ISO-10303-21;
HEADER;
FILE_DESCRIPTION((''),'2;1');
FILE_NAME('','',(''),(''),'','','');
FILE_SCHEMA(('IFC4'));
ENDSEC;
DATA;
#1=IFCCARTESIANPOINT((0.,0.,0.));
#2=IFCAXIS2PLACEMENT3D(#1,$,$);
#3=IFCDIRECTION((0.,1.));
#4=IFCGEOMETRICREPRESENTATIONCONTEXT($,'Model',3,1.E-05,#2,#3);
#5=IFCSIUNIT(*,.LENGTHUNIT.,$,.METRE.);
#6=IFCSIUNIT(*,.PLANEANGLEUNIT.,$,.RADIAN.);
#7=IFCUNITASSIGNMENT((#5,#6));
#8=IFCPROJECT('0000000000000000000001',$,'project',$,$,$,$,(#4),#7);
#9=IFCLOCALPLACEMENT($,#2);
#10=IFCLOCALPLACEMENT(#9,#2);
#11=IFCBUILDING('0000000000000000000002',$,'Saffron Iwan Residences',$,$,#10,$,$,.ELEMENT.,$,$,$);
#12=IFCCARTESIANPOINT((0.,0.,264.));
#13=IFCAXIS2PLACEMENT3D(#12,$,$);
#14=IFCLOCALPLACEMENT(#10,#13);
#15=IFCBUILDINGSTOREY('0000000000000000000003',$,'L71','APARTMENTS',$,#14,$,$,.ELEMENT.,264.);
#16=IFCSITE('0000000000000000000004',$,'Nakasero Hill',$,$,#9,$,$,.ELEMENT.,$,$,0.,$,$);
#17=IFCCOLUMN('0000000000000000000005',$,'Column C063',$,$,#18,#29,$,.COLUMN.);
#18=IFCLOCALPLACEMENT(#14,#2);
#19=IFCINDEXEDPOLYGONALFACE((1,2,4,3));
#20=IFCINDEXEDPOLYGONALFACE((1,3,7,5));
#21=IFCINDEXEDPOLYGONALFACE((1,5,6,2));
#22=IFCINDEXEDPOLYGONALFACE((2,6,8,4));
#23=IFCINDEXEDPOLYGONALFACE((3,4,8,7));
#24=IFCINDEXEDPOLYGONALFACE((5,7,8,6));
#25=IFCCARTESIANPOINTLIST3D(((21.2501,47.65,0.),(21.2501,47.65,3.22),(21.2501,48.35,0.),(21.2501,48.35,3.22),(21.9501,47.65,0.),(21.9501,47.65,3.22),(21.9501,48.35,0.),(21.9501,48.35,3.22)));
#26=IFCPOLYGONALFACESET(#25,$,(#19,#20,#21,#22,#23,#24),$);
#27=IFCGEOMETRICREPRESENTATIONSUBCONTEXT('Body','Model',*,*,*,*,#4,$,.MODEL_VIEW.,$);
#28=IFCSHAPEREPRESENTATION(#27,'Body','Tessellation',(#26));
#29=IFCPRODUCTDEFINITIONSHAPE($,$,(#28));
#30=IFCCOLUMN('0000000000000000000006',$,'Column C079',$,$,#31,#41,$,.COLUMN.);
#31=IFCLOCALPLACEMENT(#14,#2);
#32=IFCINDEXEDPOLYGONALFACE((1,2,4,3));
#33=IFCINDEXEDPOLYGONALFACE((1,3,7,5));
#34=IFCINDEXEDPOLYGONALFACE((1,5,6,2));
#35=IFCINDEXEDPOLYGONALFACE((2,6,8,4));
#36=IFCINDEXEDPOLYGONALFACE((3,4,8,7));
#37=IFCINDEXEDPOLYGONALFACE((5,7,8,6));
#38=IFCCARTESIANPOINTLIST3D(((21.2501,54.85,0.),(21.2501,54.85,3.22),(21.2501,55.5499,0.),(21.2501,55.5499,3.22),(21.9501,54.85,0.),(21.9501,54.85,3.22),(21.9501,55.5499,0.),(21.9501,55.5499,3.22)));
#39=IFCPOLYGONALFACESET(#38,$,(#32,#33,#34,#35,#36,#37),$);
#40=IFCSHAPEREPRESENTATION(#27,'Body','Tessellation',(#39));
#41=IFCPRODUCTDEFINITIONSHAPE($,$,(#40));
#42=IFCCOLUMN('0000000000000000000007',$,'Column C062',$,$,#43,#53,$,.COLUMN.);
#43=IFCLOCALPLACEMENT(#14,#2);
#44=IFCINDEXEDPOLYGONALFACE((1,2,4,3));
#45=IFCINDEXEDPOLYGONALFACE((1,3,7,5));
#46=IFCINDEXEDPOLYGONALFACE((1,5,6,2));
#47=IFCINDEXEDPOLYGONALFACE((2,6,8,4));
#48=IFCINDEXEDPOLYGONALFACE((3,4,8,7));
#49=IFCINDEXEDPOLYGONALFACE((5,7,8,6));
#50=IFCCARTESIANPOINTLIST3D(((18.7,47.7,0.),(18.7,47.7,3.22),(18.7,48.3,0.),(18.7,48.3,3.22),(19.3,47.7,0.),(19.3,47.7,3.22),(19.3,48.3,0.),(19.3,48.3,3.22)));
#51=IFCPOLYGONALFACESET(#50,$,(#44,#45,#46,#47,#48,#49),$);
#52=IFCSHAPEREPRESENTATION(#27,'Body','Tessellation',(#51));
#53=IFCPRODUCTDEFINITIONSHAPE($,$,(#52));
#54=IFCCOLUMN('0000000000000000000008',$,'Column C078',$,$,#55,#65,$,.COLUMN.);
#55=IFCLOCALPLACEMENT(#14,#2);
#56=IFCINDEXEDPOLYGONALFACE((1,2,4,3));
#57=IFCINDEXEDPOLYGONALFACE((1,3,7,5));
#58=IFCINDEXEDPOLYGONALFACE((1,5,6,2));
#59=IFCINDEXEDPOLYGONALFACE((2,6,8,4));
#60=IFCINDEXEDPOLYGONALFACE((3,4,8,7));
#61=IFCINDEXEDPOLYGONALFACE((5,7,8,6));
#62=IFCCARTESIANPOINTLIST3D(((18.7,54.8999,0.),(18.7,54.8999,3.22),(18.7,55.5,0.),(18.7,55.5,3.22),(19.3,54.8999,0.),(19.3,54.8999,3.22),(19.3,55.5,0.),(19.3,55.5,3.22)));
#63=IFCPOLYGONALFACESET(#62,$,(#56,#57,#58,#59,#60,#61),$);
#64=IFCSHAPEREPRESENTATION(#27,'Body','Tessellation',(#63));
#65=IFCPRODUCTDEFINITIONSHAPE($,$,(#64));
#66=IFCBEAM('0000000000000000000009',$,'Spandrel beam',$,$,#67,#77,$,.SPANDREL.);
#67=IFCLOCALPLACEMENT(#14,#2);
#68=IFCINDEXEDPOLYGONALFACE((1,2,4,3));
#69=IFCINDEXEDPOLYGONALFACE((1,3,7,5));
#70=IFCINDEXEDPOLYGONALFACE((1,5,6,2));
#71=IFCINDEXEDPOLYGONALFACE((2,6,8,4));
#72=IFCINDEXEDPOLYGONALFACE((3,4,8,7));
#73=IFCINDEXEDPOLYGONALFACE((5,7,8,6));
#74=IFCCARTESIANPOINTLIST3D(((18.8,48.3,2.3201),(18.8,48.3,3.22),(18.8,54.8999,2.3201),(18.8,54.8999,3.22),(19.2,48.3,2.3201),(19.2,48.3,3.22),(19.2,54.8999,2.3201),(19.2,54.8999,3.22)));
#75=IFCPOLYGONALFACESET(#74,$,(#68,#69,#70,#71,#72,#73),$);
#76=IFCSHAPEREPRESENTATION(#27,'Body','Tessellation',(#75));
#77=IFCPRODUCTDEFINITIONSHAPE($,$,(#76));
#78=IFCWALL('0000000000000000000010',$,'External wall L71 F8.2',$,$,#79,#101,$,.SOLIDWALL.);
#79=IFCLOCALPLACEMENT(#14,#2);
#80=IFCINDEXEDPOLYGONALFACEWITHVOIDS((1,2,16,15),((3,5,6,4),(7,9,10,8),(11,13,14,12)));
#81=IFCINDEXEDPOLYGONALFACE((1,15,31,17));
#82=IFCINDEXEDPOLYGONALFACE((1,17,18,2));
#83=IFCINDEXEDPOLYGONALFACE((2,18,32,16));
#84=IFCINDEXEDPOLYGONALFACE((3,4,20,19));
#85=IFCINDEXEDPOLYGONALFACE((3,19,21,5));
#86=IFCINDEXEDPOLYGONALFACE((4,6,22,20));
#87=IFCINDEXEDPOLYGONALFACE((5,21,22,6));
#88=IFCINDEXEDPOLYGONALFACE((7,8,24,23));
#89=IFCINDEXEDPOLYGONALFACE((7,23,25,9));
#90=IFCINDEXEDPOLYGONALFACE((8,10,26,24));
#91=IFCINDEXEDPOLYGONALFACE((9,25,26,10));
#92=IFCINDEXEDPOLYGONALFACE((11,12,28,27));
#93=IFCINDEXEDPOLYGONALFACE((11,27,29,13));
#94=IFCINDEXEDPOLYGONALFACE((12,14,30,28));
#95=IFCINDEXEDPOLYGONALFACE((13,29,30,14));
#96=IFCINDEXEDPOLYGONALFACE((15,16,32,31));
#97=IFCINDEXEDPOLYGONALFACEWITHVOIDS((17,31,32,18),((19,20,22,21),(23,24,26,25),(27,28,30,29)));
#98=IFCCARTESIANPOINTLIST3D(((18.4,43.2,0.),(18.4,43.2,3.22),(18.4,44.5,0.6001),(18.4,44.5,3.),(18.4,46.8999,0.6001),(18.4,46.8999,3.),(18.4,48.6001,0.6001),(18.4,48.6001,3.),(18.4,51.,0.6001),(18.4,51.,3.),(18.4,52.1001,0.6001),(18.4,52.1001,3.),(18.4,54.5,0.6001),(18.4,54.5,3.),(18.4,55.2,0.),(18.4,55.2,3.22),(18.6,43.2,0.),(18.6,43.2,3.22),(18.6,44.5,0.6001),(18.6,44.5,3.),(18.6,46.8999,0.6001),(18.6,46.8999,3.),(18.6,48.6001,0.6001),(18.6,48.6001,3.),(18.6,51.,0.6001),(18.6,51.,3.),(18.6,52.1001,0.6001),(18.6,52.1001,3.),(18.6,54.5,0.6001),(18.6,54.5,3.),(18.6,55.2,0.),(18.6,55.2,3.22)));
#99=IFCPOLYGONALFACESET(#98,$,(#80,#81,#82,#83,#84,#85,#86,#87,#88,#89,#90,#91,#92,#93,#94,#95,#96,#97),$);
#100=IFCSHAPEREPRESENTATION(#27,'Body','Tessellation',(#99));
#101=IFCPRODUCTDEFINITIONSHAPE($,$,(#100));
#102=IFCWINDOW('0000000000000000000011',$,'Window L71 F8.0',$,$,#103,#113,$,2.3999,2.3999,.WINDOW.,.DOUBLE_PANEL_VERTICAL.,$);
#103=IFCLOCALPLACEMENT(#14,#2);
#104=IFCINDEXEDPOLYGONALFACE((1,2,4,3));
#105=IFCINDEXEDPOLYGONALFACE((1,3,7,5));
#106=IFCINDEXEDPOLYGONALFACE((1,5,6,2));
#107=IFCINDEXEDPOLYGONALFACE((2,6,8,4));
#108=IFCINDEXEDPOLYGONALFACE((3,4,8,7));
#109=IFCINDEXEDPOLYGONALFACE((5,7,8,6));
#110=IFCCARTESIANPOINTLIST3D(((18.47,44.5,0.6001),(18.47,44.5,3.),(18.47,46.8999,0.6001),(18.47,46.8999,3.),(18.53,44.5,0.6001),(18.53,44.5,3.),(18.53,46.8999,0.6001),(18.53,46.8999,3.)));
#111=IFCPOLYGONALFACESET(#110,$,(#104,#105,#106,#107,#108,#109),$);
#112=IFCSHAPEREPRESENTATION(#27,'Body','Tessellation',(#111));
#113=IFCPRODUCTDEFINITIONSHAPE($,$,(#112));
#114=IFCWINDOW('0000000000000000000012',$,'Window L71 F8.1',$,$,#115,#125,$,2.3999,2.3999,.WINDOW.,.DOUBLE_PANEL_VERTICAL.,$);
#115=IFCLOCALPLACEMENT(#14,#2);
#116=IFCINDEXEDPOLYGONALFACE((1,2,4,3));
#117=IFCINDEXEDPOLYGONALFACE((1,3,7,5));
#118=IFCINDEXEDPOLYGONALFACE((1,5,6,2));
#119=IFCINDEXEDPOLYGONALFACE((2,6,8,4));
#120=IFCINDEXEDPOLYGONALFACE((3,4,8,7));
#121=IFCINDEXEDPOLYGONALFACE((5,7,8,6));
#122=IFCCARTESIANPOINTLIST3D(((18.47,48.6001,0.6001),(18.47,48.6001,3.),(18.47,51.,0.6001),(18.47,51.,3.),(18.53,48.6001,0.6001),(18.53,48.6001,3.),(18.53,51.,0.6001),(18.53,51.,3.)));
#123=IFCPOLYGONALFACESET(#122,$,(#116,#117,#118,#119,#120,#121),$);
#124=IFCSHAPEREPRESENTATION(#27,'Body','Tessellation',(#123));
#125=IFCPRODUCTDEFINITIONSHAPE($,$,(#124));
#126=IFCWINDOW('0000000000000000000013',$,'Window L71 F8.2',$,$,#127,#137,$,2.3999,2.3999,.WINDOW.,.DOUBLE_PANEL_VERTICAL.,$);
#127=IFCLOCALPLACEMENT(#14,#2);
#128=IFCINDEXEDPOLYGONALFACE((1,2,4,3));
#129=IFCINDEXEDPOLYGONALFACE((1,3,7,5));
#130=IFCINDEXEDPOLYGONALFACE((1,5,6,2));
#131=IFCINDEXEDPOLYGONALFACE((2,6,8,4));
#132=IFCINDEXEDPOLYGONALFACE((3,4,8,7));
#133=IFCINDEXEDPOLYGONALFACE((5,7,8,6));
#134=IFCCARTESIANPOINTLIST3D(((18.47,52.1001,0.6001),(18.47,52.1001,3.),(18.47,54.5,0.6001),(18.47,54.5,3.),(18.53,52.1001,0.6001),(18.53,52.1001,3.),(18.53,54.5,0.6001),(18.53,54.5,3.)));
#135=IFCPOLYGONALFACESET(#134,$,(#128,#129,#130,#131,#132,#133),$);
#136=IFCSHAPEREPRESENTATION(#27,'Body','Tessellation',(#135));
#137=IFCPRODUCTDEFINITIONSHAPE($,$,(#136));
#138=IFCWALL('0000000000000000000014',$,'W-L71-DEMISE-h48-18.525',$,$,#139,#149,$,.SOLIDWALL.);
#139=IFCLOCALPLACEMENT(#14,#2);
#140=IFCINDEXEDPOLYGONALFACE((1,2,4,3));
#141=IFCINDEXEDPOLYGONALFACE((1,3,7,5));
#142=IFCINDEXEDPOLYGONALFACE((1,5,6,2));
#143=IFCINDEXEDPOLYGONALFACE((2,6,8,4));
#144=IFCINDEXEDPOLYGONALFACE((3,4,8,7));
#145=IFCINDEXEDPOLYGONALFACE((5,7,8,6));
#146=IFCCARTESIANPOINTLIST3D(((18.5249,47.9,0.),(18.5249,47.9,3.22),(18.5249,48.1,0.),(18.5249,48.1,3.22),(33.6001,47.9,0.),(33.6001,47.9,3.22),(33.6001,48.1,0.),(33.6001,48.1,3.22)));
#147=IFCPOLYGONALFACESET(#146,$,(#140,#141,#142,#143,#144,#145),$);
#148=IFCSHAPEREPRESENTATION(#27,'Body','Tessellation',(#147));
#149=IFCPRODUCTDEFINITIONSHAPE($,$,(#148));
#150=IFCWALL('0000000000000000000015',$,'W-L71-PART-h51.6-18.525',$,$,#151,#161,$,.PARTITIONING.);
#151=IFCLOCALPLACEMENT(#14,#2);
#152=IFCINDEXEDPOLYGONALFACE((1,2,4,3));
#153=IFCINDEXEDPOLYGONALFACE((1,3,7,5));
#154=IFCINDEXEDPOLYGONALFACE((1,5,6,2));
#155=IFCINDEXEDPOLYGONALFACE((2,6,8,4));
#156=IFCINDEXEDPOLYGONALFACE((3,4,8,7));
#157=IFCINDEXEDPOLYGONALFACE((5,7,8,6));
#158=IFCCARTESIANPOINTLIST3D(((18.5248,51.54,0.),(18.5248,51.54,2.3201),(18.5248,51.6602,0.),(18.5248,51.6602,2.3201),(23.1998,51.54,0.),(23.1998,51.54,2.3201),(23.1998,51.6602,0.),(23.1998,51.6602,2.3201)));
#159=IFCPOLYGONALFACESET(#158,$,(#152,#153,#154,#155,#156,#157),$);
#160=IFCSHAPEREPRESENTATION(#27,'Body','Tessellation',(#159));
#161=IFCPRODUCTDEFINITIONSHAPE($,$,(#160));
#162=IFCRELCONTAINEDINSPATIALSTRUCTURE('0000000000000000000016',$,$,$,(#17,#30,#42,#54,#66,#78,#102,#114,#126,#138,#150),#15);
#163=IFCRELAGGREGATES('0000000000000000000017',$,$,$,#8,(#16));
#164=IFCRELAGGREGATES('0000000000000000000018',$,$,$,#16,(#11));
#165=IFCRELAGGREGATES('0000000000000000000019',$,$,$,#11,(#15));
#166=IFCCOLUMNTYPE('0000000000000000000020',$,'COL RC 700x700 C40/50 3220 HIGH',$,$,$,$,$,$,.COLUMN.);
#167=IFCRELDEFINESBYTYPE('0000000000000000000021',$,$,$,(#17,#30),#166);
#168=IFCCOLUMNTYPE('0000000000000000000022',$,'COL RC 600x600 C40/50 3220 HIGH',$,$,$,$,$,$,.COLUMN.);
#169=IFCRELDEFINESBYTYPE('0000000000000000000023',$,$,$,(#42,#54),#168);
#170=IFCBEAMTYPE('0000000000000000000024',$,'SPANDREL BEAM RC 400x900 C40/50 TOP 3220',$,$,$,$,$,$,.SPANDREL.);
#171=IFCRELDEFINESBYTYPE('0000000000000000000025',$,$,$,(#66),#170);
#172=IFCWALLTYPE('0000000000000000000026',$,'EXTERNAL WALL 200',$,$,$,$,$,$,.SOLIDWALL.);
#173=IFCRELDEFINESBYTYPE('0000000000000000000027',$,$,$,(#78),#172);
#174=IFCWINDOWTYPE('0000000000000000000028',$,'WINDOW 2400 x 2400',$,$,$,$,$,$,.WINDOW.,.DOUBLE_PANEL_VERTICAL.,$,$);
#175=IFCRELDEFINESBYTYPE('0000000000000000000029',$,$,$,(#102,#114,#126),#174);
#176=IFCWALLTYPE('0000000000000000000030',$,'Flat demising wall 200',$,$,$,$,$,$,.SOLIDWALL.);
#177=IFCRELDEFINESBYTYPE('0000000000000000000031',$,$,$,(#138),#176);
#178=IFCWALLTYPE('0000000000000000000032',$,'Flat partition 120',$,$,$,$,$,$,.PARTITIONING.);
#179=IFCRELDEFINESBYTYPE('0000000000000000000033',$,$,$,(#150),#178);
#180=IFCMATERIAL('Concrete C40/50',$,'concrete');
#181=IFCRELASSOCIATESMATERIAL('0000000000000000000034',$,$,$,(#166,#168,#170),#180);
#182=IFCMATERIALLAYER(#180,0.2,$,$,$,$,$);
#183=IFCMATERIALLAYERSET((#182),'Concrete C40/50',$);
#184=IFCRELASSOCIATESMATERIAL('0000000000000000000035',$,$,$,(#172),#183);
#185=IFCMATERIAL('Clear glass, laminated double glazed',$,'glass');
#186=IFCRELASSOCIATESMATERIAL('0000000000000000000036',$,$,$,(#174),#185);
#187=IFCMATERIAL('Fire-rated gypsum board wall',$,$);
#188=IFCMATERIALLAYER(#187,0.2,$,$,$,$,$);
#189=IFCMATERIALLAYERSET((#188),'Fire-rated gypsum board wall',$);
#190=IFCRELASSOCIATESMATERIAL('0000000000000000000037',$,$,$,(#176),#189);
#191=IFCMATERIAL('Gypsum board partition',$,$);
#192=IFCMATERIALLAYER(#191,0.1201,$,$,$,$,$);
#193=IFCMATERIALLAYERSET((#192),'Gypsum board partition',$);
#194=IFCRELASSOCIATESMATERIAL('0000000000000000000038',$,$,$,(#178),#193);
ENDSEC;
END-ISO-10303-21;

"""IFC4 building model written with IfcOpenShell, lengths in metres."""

from ifc_helpers import new_model, si_unit, direction, frame, frame_2d, origin, origin_2d, place, context, subcontext, project, spatial, rectangle, extrude, source, transform, mapped, material, layer, layer_set, material_profile, profile_set, type_object, element, fill, save


model = new_model("IFC4")

# Units and contexts
model_context = context("Model", 3, precision=1e-05, world=origin(), true_north=direction((0.0, 1.0)))
body_context = subcontext(model_context, "Body", "Model", "MODEL_VIEW")
ifc_project = project(units=[si_unit("LENGTHUNIT", "METRE"), si_unit("PLANEANGLEUNIT", "RADIAN")], contexts=[model_context])

# Site, building, storey
site_placement = place(None, origin())
site = spatial("IfcSite", under=ifc_project, at=site_placement, Name="Nakasero Hill", CompositionType="ELEMENT", RefElevation=0.0)
building_placement = place(site_placement, origin())
building = spatial("IfcBuilding", under=site, at=building_placement, Name="Saffron Iwan Residences", CompositionType="ELEMENT")
storey_placement = place(building_placement, frame((0.0, 0.0, 264.0)))
storey = spatial("IfcBuildingStorey", under=building, at=storey_placement, Name="L71", Description="APARTMENTS", CompositionType="ELEMENT", Elevation=264.0)

# Columns
ifc_material_1 = material(Name="Concrete C40/50", Category="concrete")
ifc_material_profile_1 = material_profile(ifc_material_1, rectangle(XDim=0.7, YDim=0.7, at=origin_2d()), Name="RC 700x700")
ifc_profile_set_1 = profile_set([ifc_material_profile_1], Name="Concrete C40/50")
column_type_1 = type_object("IfcColumnType", Name="COL RC 700x700 C40/50 3220 HIGH", PredefinedType="COLUMN", material=ifc_profile_set_1)
shared_shape_1 = source(origin(), body_context, "Body", "SweptSolid", [
    extrude(rectangle(XDim=0.7, YDim=0.7, at=origin_2d()), origin(), (0.0, 0.0, 1.0), 3.22),
])
for number, where, z_axis, x_axis, name in (
    (1, (21.6001, 48.0, 0.0), (0.0, 0.0, 1.0), (1.0, 0.0, 0.0), "Column C063"),
    (2, (21.6001, 55.2, 0.0), (0.0, 0.0, 1.0), (1.0, 0.0, 0.0), "Column C079"),
):
    element("IfcColumn", number, at=place(storey_placement, frame(where, z_axis=z_axis, x_axis=x_axis)), inside=storey, type_object=column_type_1, Name=name, PredefinedType="COLUMN", context=body_context, shape_type="MappedRepresentation", body=[
        mapped(shared_shape_1, transform((0.0, 0.0, 0.0))),
    ])
ifc_material_profile_2 = material_profile(ifc_material_1, rectangle(XDim=0.6001, YDim=0.6001, at=origin_2d()), Name="RC 600x600")
ifc_profile_set_2 = profile_set([ifc_material_profile_2], Name="Concrete C40/50")
column_type_2 = type_object("IfcColumnType", Name="COL RC 600x600 C40/50 3220 HIGH", PredefinedType="COLUMN", material=ifc_profile_set_2)
shared_shape_2 = source(origin(), body_context, "Body", "SweptSolid", [
    extrude(rectangle(XDim=0.6001, YDim=0.6001, at=origin_2d()), origin(), (0.0, 0.0, 1.0), 3.22),
])
for number, where, z_axis, x_axis, name in (
    (3, (19.0, 48.0, 0.0), (0.0, 0.0, 1.0), (1.0, 0.0, 0.0), "Column C062"),
    (4, (19.0, 55.2, 0.0), (0.0, 0.0, 1.0), (1.0, 0.0, 0.0), "Column C078"),
):
    element("IfcColumn", number, at=place(storey_placement, frame(where, z_axis=z_axis, x_axis=x_axis)), inside=storey, type_object=column_type_2, Name=name, PredefinedType="COLUMN", context=body_context, shape_type="MappedRepresentation", body=[
        mapped(shared_shape_2, transform((0.0, 0.0, 0.0))),
    ])

# Beam
ifc_material_profile_3 = material_profile(ifc_material_1, rectangle(XDim=0.3999, YDim=0.8999, at=origin_2d()), Name="RC 400x900")
ifc_profile_set_3 = profile_set([ifc_material_profile_3], Name="Concrete C40/50")
beam_type = type_object("IfcBeamType", Name="SPANDREL BEAM RC 400x900 C40/50 TOP 3220", PredefinedType="SPANDREL", material=ifc_profile_set_3)
shared_shape_3 = source(origin(), body_context, "Body", "SweptSolid", [
    extrude(rectangle(XDim=0.3999, YDim=0.8999, at=origin_2d()), origin(), (0.0, 0.0, 1.0), 6.5999),
])
beam_placement = place(storey_placement, frame((19.0, 48.3, 2.77), z_axis=(0.0, 1.0, 0.0), x_axis=(-1.0, 0.0, 0.0)))
element("IfcBeam", 5, at=beam_placement, inside=storey, type_object=beam_type, Name="Spandrel beam", PredefinedType="SPANDREL", context=body_context, shape_type="MappedRepresentation", body=[
    mapped(shared_shape_3, transform((0.0, 0.0, 0.0))),
])

# Wall, openings, windows
ifc_layer_1 = layer(ifc_material_1, 0.2)
ifc_layer_set_1 = layer_set([ifc_layer_1], Name="Concrete C40/50")
wall_type_1 = type_object("IfcWallType", Name="EXTERNAL WALL 200", PredefinedType="SOLIDWALL", material=ifc_layer_set_1)
wall_1_placement = place(storey_placement, frame((18.5, 55.2, 0.0), z_axis=(0.0, 0.0, 1.0), x_axis=(0.0, -1.0, 0.0)))
wall_1 = element("IfcWall", 6, at=wall_1_placement, inside=storey, type_object=wall_type_1, Name="External wall L71 F8.2", PredefinedType="SOLIDWALL", context=body_context, shape_type="SweptSolid", body=[
    extrude(rectangle(XDim=12.0, YDim=0.2, at=frame_2d((6.0, 0.0))), origin(), (0.0, 0.0, 1.0), 3.22),
])
opening_1_placement = place(wall_1_placement, frame((8.3, 0.0, 0.6001)))
opening_1 = element("IfcOpeningElement", 7, at=opening_1_placement, cuts=wall_1, PredefinedType="OPENING", context=body_context, shape_type="SweptSolid", body=[
    extrude(rectangle(XDim=2.3999, YDim=2.3999, at=frame_2d((1.2, 1.2))), frame((0.0, 0.1099, 0.0), z_axis=(0.0, -1.0, 0.0), x_axis=(1.0, 0.0, 0.0)), (0.0, 0.0, 1.0), 0.22),
])
opening_2_placement = place(wall_1_placement, frame((4.2, 0.0, 0.6001)))
opening_2 = element("IfcOpeningElement", 8, at=opening_2_placement, cuts=wall_1, PredefinedType="OPENING", context=body_context, shape_type="SweptSolid", body=[
    extrude(rectangle(XDim=2.3999, YDim=2.3999, at=frame_2d((1.2, 1.2))), frame((0.0, 0.1099, 0.0), z_axis=(0.0, -1.0, 0.0), x_axis=(1.0, 0.0, 0.0)), (0.0, 0.0, 1.0), 0.22),
])
opening_3_placement = place(wall_1_placement, frame((0.7, 0.0, 0.6001)))
opening_3 = element("IfcOpeningElement", 9, at=opening_3_placement, cuts=wall_1, PredefinedType="OPENING", context=body_context, shape_type="SweptSolid", body=[
    extrude(rectangle(XDim=2.3999, YDim=2.3999, at=frame_2d((1.2, 1.2))), frame((0.0, 0.1099, 0.0), z_axis=(0.0, -1.0, 0.0), x_axis=(1.0, 0.0, 0.0)), (0.0, 0.0, 1.0), 0.22),
])
ifc_material_2 = material(Name="Clear glass, laminated double glazed", Category="glass")
window_type = type_object("IfcWindowType", Name="WINDOW 2400 x 2400", PartitioningType="DOUBLE_PANEL_VERTICAL", PredefinedType="WINDOW", material=ifc_material_2)
window_1_placement = place(opening_1_placement, origin())
window_1 = element("IfcWindow", 10, at=window_1_placement, inside=storey, type_object=window_type, Name="Window L71 F8.0", OverallHeight=2.3999, OverallWidth=2.3999, PartitioningType="DOUBLE_PANEL_VERTICAL", PredefinedType="WINDOW", context=body_context, shape_type="SweptSolid", body=[
    extrude(rectangle(XDim=2.3999, YDim=2.3999, at=frame_2d((1.2, 1.2))), frame((0.0, 0.03, 0.0), z_axis=(0.0, -1.0, 0.0), x_axis=(1.0, 0.0, 0.0)), (0.0, 0.0, 1.0), 0.0601),
])
fill(opening_1, window_1)
window_2_placement = place(opening_2_placement, origin())
window_2 = element("IfcWindow", 11, at=window_2_placement, inside=storey, type_object=window_type, Name="Window L71 F8.1", OverallHeight=2.3999, OverallWidth=2.3999, PartitioningType="DOUBLE_PANEL_VERTICAL", PredefinedType="WINDOW", context=body_context, shape_type="SweptSolid", body=[
    extrude(rectangle(XDim=2.3999, YDim=2.3999, at=frame_2d((1.2, 1.2))), frame((0.0, 0.03, 0.0), z_axis=(0.0, -1.0, 0.0), x_axis=(1.0, 0.0, 0.0)), (0.0, 0.0, 1.0), 0.0601),
])
fill(opening_2, window_2)
window_3_placement = place(opening_3_placement, origin())
window_3 = element("IfcWindow", 12, at=window_3_placement, inside=storey, type_object=window_type, Name="Window L71 F8.2", OverallHeight=2.3999, OverallWidth=2.3999, PartitioningType="DOUBLE_PANEL_VERTICAL", PredefinedType="WINDOW", context=body_context, shape_type="SweptSolid", body=[
    extrude(rectangle(XDim=2.3999, YDim=2.3999, at=frame_2d((1.2, 1.2))), frame((0.0, 0.03, 0.0), z_axis=(0.0, -1.0, 0.0), x_axis=(1.0, 0.0, 0.0)), (0.0, 0.0, 1.0), 0.0601),
])
fill(opening_3, window_3)

# Walls
ifc_material_3 = material(Name="Fire-rated gypsum board wall")
ifc_layer_2 = layer(ifc_material_3, 0.2)
ifc_layer_set_2 = layer_set([ifc_layer_2], Name="Fire-rated gypsum board wall")
wall_type_2 = type_object("IfcWallType", Name="Flat demising wall 200", PredefinedType="SOLIDWALL", material=ifc_layer_set_2)
wall_2_placement = place(storey_placement, frame((18.5249, 48.0, 0.0), z_axis=(0.0, 0.0, 1.0), x_axis=(1.0, 0.0, 0.0)))
element("IfcWall", 13, at=wall_2_placement, inside=storey, type_object=wall_type_2, Name="W-L71-DEMISE-h48-18.525", PredefinedType="SOLIDWALL", context=body_context, shape_type="SweptSolid", body=[
    extrude(rectangle(XDim=15.0752, YDim=0.2, at=frame_2d((7.5376, 0.0))), origin(), (0.0, 0.0, 1.0), 3.22),
])
ifc_material_4 = material(Name="Gypsum board partition")
ifc_layer_3 = layer(ifc_material_4, 0.1201)
ifc_layer_set_3 = layer_set([ifc_layer_3], Name="Gypsum board partition")
wall_type_3 = type_object("IfcWallType", Name="Flat partition 120", PredefinedType="PARTITIONING", material=ifc_layer_set_3)
wall_3_placement = place(storey_placement, frame((18.5249, 51.6001, 0.0), z_axis=(0.0, 0.0, 1.0), x_axis=(1.0, 0.0, 0.0)))
element("IfcWall", 14, at=wall_3_placement, inside=storey, type_object=wall_type_3, Name="W-L71-PART-h51.6-18.525", PredefinedType="PARTITIONING", context=body_context, shape_type="SweptSolid", body=[
    extrude(rectangle(XDim=4.675, YDim=0.1201, at=frame_2d((2.3374, 0.0))), origin(), (0.0, 0.0, 1.0), 2.3201),
])

save(model, "model.ifc")
